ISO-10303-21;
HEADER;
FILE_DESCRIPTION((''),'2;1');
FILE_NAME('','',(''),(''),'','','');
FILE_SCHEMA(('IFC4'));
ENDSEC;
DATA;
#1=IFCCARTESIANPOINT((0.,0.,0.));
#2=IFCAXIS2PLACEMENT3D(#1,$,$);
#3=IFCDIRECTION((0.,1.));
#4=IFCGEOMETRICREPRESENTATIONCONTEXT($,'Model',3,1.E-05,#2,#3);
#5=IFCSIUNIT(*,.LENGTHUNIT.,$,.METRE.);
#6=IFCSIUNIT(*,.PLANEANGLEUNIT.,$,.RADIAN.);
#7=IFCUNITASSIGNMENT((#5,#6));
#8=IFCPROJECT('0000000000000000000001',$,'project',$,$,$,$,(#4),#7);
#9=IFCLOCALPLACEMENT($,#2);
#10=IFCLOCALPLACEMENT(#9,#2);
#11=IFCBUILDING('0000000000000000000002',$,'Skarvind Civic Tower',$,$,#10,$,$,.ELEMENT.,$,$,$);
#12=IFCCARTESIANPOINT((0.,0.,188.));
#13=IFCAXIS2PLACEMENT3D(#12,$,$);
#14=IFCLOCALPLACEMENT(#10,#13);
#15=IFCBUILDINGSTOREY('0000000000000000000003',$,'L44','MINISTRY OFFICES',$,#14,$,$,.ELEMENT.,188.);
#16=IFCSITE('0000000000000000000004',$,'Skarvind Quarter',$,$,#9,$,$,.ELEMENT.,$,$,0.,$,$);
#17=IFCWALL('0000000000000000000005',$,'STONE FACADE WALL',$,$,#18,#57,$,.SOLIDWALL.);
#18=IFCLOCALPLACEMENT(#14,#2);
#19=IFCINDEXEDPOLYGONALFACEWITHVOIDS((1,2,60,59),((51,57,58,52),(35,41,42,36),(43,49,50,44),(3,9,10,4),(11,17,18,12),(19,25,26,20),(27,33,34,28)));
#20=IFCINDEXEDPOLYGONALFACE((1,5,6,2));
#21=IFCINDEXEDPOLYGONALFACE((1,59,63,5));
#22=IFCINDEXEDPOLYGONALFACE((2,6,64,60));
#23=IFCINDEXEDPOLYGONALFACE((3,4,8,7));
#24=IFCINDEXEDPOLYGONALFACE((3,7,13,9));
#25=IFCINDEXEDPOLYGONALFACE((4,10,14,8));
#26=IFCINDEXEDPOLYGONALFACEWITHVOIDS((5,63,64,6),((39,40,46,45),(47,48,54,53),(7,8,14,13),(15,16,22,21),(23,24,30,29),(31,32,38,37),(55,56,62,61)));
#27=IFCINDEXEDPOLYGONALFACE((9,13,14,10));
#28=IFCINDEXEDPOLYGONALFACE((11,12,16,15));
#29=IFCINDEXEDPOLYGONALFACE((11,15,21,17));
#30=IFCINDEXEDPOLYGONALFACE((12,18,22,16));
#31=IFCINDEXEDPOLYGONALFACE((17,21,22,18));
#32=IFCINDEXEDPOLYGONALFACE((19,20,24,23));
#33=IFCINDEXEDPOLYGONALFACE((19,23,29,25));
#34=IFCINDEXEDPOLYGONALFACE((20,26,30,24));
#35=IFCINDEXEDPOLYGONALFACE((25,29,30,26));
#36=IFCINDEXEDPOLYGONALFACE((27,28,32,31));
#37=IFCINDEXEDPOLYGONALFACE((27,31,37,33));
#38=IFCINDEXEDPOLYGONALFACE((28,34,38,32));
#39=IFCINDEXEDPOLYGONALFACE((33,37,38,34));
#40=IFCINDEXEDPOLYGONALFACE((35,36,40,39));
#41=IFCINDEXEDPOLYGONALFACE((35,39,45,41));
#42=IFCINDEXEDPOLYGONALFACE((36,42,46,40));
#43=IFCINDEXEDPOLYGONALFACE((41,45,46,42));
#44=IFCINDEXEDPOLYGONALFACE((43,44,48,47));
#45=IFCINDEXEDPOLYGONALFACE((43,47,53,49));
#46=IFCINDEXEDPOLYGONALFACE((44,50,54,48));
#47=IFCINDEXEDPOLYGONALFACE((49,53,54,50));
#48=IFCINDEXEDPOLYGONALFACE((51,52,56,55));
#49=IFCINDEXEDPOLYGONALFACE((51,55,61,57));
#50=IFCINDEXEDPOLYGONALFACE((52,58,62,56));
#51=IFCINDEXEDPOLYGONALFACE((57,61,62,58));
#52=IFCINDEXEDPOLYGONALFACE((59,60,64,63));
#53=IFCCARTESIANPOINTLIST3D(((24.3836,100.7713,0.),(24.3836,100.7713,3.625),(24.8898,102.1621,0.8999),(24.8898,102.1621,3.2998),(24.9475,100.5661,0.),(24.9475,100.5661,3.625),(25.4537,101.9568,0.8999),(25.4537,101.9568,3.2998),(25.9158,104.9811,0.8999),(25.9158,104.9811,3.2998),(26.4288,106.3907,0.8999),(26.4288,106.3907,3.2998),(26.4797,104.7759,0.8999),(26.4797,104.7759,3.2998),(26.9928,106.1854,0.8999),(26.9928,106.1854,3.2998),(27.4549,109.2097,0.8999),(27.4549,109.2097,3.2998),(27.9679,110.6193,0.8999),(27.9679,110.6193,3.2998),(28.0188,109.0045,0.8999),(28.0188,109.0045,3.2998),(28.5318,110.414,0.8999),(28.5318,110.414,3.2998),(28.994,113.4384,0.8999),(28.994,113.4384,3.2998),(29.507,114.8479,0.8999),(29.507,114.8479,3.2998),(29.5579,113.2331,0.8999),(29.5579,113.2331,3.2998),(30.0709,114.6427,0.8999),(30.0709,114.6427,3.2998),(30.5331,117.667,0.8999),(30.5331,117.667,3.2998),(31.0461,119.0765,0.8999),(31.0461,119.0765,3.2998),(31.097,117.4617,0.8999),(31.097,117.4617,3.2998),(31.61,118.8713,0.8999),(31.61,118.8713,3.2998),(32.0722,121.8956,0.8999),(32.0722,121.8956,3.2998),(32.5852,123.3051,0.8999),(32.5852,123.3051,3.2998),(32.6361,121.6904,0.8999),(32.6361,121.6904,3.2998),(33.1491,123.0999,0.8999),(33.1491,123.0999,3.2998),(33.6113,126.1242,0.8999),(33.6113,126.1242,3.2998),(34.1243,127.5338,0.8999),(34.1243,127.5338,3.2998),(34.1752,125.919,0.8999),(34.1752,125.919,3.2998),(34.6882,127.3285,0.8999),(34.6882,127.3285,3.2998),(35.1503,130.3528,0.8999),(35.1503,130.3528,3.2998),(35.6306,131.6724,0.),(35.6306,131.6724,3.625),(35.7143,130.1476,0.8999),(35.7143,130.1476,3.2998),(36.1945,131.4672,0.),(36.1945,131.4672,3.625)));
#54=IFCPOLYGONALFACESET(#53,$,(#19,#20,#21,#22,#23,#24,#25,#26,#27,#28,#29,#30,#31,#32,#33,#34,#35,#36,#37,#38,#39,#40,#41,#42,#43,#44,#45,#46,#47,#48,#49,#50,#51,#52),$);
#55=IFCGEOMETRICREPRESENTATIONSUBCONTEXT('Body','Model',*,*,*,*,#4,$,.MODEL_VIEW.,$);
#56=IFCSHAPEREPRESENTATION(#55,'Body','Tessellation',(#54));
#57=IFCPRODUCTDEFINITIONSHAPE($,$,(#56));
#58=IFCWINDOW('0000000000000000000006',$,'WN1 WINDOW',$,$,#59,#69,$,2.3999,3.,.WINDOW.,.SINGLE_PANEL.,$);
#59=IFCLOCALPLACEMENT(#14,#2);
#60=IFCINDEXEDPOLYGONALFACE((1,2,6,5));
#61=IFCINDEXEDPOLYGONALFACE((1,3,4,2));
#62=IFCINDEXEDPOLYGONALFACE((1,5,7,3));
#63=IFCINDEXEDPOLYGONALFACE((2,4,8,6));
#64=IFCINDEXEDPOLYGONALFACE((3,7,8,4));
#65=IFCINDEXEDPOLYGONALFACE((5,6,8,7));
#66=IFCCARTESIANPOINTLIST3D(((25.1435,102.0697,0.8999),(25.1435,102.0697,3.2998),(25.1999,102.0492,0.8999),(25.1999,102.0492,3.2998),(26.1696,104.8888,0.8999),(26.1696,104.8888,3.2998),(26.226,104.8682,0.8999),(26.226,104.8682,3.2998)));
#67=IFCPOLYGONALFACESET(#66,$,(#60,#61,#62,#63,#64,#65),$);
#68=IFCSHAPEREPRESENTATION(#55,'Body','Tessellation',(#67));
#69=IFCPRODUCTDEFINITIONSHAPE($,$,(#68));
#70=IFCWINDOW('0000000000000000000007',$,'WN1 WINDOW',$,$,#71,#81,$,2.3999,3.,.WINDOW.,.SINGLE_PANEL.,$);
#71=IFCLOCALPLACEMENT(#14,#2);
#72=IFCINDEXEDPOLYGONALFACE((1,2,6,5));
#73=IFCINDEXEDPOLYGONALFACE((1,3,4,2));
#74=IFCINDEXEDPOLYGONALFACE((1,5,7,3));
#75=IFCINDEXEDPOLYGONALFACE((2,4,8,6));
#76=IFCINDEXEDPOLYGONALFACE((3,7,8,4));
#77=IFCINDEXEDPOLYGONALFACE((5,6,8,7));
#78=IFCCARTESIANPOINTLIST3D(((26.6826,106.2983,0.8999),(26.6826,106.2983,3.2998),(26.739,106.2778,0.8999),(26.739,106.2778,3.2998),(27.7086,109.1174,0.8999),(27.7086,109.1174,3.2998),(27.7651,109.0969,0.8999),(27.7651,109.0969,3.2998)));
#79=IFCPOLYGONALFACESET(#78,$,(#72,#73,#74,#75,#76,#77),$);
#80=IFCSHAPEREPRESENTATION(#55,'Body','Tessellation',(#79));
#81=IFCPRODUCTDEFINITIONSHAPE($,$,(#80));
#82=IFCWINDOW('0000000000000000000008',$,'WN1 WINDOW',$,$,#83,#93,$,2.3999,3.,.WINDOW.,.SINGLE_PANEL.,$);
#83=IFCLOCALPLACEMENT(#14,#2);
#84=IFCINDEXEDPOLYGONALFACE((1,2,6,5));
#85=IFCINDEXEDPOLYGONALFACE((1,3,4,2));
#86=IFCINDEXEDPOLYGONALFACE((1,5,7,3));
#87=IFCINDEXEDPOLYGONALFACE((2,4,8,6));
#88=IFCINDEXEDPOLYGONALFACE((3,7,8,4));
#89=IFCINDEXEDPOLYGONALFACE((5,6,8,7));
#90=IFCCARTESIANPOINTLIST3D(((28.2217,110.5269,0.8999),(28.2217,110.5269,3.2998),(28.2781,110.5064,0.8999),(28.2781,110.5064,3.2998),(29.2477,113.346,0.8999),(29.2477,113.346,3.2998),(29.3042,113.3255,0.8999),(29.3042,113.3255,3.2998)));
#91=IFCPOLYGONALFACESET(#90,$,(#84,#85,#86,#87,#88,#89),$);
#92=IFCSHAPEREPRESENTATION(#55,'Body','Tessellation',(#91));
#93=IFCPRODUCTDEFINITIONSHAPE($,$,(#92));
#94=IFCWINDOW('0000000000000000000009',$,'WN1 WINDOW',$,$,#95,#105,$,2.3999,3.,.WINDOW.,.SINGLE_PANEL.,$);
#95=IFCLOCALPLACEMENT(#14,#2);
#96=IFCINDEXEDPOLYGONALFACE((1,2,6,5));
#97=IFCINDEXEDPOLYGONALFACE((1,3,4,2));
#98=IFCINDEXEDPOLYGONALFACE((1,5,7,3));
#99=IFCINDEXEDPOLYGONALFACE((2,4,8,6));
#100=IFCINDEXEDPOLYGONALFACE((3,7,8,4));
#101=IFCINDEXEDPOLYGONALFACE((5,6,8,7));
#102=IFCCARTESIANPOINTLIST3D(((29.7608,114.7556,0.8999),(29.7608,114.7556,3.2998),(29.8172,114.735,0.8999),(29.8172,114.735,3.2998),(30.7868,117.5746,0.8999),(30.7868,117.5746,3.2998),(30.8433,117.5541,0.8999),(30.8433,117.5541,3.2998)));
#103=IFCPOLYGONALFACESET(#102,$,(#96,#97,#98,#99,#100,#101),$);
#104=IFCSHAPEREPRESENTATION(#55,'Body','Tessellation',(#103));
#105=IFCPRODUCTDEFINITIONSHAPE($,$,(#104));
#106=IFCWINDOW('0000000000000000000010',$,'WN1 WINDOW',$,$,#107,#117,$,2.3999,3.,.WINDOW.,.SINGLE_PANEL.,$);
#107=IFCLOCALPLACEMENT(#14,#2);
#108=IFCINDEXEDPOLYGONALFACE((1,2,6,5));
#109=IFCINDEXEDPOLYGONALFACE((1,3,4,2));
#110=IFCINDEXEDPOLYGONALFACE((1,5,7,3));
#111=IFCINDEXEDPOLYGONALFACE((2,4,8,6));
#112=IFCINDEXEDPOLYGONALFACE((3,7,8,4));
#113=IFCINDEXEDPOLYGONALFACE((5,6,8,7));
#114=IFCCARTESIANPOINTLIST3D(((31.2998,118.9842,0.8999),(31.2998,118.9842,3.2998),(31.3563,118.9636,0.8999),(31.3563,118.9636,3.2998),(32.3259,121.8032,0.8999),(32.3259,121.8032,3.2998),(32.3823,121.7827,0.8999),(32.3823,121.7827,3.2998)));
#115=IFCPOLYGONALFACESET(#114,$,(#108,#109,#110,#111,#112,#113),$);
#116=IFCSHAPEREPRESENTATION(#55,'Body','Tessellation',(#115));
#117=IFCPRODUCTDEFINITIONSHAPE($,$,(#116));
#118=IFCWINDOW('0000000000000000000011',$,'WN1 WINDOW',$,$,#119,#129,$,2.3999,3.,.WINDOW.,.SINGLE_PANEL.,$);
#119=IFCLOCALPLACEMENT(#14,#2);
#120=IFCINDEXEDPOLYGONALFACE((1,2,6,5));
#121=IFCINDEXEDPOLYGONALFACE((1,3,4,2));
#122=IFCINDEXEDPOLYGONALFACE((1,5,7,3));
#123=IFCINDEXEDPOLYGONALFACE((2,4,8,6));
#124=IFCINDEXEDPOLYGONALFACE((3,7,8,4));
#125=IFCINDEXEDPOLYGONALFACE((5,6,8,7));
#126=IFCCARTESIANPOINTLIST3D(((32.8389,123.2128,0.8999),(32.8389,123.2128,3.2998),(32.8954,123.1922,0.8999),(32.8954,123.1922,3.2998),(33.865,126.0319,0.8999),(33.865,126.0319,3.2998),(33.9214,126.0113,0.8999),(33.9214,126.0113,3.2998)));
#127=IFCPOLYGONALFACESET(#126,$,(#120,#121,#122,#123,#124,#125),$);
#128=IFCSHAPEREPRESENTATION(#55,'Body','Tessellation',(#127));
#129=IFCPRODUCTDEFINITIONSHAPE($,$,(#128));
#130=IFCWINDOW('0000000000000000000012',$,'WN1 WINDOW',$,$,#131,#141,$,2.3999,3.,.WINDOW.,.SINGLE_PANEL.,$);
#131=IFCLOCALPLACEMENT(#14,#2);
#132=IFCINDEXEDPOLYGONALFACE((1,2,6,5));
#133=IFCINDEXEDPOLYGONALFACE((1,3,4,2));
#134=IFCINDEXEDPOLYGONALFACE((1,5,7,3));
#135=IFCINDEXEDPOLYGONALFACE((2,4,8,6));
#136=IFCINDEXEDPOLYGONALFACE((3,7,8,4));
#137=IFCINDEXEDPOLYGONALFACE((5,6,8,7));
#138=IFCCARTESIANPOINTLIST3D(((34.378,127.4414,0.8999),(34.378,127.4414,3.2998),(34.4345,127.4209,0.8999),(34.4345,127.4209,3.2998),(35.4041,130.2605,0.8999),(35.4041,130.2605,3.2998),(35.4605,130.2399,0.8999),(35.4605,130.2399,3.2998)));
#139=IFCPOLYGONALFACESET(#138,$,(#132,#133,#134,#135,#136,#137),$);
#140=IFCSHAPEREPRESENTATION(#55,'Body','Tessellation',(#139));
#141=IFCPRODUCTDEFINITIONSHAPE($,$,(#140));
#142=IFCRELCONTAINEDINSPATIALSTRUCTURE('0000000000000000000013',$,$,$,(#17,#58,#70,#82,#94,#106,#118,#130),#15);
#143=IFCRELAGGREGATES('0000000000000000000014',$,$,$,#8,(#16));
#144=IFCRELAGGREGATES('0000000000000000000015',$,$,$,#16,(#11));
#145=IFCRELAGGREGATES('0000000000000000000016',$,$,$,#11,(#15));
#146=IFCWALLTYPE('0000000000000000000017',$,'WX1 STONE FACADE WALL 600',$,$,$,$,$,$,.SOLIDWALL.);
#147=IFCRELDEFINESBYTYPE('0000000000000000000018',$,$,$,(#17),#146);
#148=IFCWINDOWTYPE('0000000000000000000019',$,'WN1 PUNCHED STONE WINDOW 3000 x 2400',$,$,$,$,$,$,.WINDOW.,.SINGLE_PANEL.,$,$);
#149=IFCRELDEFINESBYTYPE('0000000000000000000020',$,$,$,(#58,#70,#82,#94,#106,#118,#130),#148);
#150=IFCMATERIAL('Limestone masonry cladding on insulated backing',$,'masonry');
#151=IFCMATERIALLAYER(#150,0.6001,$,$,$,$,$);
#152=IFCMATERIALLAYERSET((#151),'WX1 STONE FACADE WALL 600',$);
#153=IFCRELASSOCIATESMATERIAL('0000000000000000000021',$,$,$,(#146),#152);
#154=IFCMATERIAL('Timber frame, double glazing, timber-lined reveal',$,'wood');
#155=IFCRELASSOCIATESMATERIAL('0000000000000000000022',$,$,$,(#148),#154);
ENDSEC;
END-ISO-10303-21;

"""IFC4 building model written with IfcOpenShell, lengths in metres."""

from ifc_helpers import new_model, si_unit, direction, frame, frame_2d, origin, place, context, subcontext, project, spatial, rectangle, extrude, material, layer, layer_set, type_object, element, fill, save


model = new_model("IFC4")

# Units and contexts
model_context = context("Model", 3, precision=1e-05, world=origin(), true_north=direction((0.0, 1.0)))
body_context = subcontext(model_context, "Body", "Model", "MODEL_VIEW")
ifc_project = project(units=[si_unit("LENGTHUNIT", "METRE"), si_unit("PLANEANGLEUNIT", "RADIAN")], contexts=[model_context])

# Site, building, storey
site_placement = place(None, origin())
site = spatial("IfcSite", under=ifc_project, at=site_placement, Name="Skarvind Quarter", CompositionType="ELEMENT", RefElevation=0.0)
building_placement = place(site_placement, origin())
building = spatial("IfcBuilding", under=site, at=building_placement, Name="Skarvind Civic Tower", CompositionType="ELEMENT")
storey_placement = place(building_placement, frame((0.0, 0.0, 188.0)))
storey = spatial("IfcBuildingStorey", under=building, at=storey_placement, Name="L44", Description="MINISTRY OFFICES", CompositionType="ELEMENT", Elevation=188.0)

# Wall, openings, windows
ifc_material_1 = material(Name="Limestone masonry cladding on insulated backing", Category="masonry")
ifc_layer_1 = layer(ifc_material_1, 0.6001)
ifc_layer_set_1 = layer_set([ifc_layer_1], Name="WX1 STONE FACADE WALL 600")
wall_type_1 = type_object("IfcWallType", Name="WX1 STONE FACADE WALL 600", PredefinedType="SOLIDWALL", material=ifc_layer_set_1)
wall_1_placement = place(storey_placement, frame((24.6655, 100.6687, 0.0), z_axis=(0.0, 0.0, 1.0), x_axis=(0.34202, 0.939693, 0.0)))
wall_1 = element("IfcWall", 1, at=wall_1_placement, inside=storey, type_object=wall_type_1, Name="STONE FACADE WALL", PredefinedType="SOLIDWALL", context=body_context, shape_type="SweptSolid", body=[
    extrude(rectangle(XDim=32.8843, YDim=0.6001, at=frame_2d((16.4421, 0.0))), origin(), (0.0, 0.0, 1.0), 3.625),
])
opening_1_placement = place(wall_1_placement, frame((1.48, 0.0, 0.8999)))
opening_1 = element("IfcOpeningElement", 2, at=opening_1_placement, cuts=wall_1, PredefinedType="OPENING", context=body_context, shape_type="SweptSolid", body=[
    extrude(rectangle(XDim=3.0, YDim=2.3999, at=frame_2d((1.5, 1.2))), frame((0.0, 0.3101, 0.0), z_axis=(0.0, -1.0, 0.0), x_axis=(1.0, 0.0, 0.0)), (0.0, 0.0, 1.0), 0.6201),
])
opening_2_placement = place(wall_1_placement, frame((5.98, 0.0, 0.8999)))
opening_2 = element("IfcOpeningElement", 3, at=opening_2_placement, cuts=wall_1, PredefinedType="OPENING", context=body_context, shape_type="SweptSolid", body=[
    extrude(rectangle(XDim=3.0, YDim=2.3999, at=frame_2d((1.5, 1.2))), frame((0.0, 0.3101, 0.0), z_axis=(0.0, -1.0, 0.0), x_axis=(1.0, 0.0, 0.0)), (0.0, 0.0, 1.0), 0.6201),
])
opening_3_placement = place(wall_1_placement, frame((10.48, 0.0, 0.8999)))
opening_3 = element("IfcOpeningElement", 4, at=opening_3_placement, cuts=wall_1, PredefinedType="OPENING", context=body_context, shape_type="SweptSolid", body=[
    extrude(rectangle(XDim=3.0, YDim=2.3999, at=frame_2d((1.5, 1.2))), frame((0.0, 0.3101, 0.0), z_axis=(0.0, -1.0, 0.0), x_axis=(1.0, 0.0, 0.0)), (0.0, 0.0, 1.0), 0.6201),
])
opening_4_placement = place(wall_1_placement, frame((14.98, 0.0, 0.8999)))
opening_4 = element("IfcOpeningElement", 5, at=opening_4_placement, cuts=wall_1, PredefinedType="OPENING", context=body_context, shape_type="SweptSolid", body=[
    extrude(rectangle(XDim=3.0, YDim=2.3999, at=frame_2d((1.5, 1.2))), frame((0.0, 0.3101, 0.0), z_axis=(0.0, -1.0, 0.0), x_axis=(1.0, 0.0, 0.0)), (0.0, 0.0, 1.0), 0.6201),
])
opening_5_placement = place(wall_1_placement, frame((19.48, 0.0, 0.8999)))
opening_5 = element("IfcOpeningElement", 6, at=opening_5_placement, cuts=wall_1, PredefinedType="OPENING", context=body_context, shape_type="SweptSolid", body=[
    extrude(rectangle(XDim=3.0, YDim=2.3999, at=frame_2d((1.5, 1.2))), frame((0.0, 0.3101, 0.0), z_axis=(0.0, -1.0, 0.0), x_axis=(1.0, 0.0, 0.0)), (0.0, 0.0, 1.0), 0.6201),
])
opening_6_placement = place(wall_1_placement, frame((23.98, 0.0, 0.8999)))
opening_6 = element("IfcOpeningElement", 7, at=opening_6_placement, cuts=wall_1, PredefinedType="OPENING", context=body_context, shape_type="SweptSolid", body=[
    extrude(rectangle(XDim=3.0, YDim=2.3999, at=frame_2d((1.5, 1.2))), frame((0.0, 0.3101, 0.0), z_axis=(0.0, -1.0, 0.0), x_axis=(1.0, 0.0, 0.0)), (0.0, 0.0, 1.0), 0.6201),
])
opening_7_placement = place(wall_1_placement, frame((28.48, 0.0, 0.8999)))
opening_7 = element("IfcOpeningElement", 8, at=opening_7_placement, cuts=wall_1, PredefinedType="OPENING", context=body_context, shape_type="SweptSolid", body=[
    extrude(rectangle(XDim=3.0, YDim=2.3999, at=frame_2d((1.5, 1.2))), frame((0.0, 0.3101, 0.0), z_axis=(0.0, -1.0, 0.0), x_axis=(1.0, 0.0, 0.0)), (0.0, 0.0, 1.0), 0.6201),
])
ifc_material_2 = material(Name="Timber frame, double glazing, timber-lined reveal", Category="wood")
window_type = type_object("IfcWindowType", Name="WN1 PUNCHED STONE WINDOW 3000 x 2400", PartitioningType="SINGLE_PANEL", PredefinedType="WINDOW", material=ifc_material_2)
window_1_placement = place(opening_1_placement, origin())
window_1 = element("IfcWindow", 9, at=window_1_placement, inside=storey, type_object=window_type, Name="WN1 WINDOW", OverallHeight=2.3999, OverallWidth=3.0, PartitioningType="SINGLE_PANEL", PredefinedType="WINDOW", context=body_context, shape_type="SweptSolid", body=[
    extrude(rectangle(XDim=3.0, YDim=2.3999, at=frame_2d((1.5, 1.2))), frame((0.0, 0.03, 0.0), z_axis=(0.0, -1.0, 0.0), x_axis=(1.0, 0.0, 0.0)), (0.0, 0.0, 1.0), 0.0601),
])
fill(opening_1, window_1)
window_2_placement = place(opening_2_placement, origin())
window_2 = element("IfcWindow", 10, at=window_2_placement, inside=storey, type_object=window_type, Name="WN1 WINDOW", OverallHeight=2.3999, OverallWidth=3.0, PartitioningType="SINGLE_PANEL", PredefinedType="WINDOW", context=body_context, shape_type="SweptSolid", body=[
    extrude(rectangle(XDim=3.0, YDim=2.3999, at=frame_2d((1.5, 1.2))), frame((0.0, 0.03, 0.0), z_axis=(0.0, -1.0, 0.0), x_axis=(1.0, 0.0, 0.0)), (0.0, 0.0, 1.0), 0.0601),
])
fill(opening_2, window_2)
window_3_placement = place(opening_3_placement, origin())
window_3 = element("IfcWindow", 11, at=window_3_placement, inside=storey, type_object=window_type, Name="WN1 WINDOW", OverallHeight=2.3999, OverallWidth=3.0, PartitioningType="SINGLE_PANEL", PredefinedType="WINDOW", context=body_context, shape_type="SweptSolid", body=[
    extrude(rectangle(XDim=3.0, YDim=2.3999, at=frame_2d((1.5, 1.2))), frame((0.0, 0.03, 0.0), z_axis=(0.0, -1.0, 0.0), x_axis=(1.0, 0.0, 0.0)), (0.0, 0.0, 1.0), 0.0601),
])
fill(opening_3, window_3)
window_4_placement = place(opening_4_placement, origin())
window_4 = element("IfcWindow", 12, at=window_4_placement, inside=storey, type_object=window_type, Name="WN1 WINDOW", OverallHeight=2.3999, OverallWidth=3.0, PartitioningType="SINGLE_PANEL", PredefinedType="WINDOW", context=body_context, shape_type="SweptSolid", body=[
    extrude(rectangle(XDim=3.0, YDim=2.3999, at=frame_2d((1.5, 1.2))), frame((0.0, 0.03, 0.0), z_axis=(0.0, -1.0, 0.0), x_axis=(1.0, 0.0, 0.0)), (0.0, 0.0, 1.0), 0.0601),
])
fill(opening_4, window_4)
window_5_placement = place(opening_5_placement, origin())
window_5 = element("IfcWindow", 13, at=window_5_placement, inside=storey, type_object=window_type, Name="WN1 WINDOW", OverallHeight=2.3999, OverallWidth=3.0, PartitioningType="SINGLE_PANEL", PredefinedType="WINDOW", context=body_context, shape_type="SweptSolid", body=[
    extrude(rectangle(XDim=3.0, YDim=2.3999, at=frame_2d((1.5, 1.2))), frame((0.0, 0.03, 0.0), z_axis=(0.0, -1.0, 0.0), x_axis=(1.0, 0.0, 0.0)), (0.0, 0.0, 1.0), 0.0601),
])
fill(opening_5, window_5)
window_6_placement = place(opening_6_placement, origin())
window_6 = element("IfcWindow", 14, at=window_6_placement, inside=storey, type_object=window_type, Name="WN1 WINDOW", OverallHeight=2.3999, OverallWidth=3.0, PartitioningType="SINGLE_PANEL", PredefinedType="WINDOW", context=body_context, shape_type="SweptSolid", body=[
    extrude(rectangle(XDim=3.0, YDim=2.3999, at=frame_2d((1.5, 1.2))), frame((0.0, 0.03, 0.0), z_axis=(0.0, -1.0, 0.0), x_axis=(1.0, 0.0, 0.0)), (0.0, 0.0, 1.0), 0.0601),
])
fill(opening_6, window_6)
window_7_placement = place(opening_7_placement, origin())
window_7 = element("IfcWindow", 15, at=window_7_placement, inside=storey, type_object=window_type, Name="WN1 WINDOW", OverallHeight=2.3999, OverallWidth=3.0, PartitioningType="SINGLE_PANEL", PredefinedType="WINDOW", context=body_context, shape_type="SweptSolid", body=[
    extrude(rectangle(XDim=3.0, YDim=2.3999, at=frame_2d((1.5, 1.2))), frame((0.0, 0.03, 0.0), z_axis=(0.0, -1.0, 0.0), x_axis=(1.0, 0.0, 0.0)), (0.0, 0.0, 1.0), 0.0601),
])
fill(opening_7, window_7)

save(model, "model.ifc")
